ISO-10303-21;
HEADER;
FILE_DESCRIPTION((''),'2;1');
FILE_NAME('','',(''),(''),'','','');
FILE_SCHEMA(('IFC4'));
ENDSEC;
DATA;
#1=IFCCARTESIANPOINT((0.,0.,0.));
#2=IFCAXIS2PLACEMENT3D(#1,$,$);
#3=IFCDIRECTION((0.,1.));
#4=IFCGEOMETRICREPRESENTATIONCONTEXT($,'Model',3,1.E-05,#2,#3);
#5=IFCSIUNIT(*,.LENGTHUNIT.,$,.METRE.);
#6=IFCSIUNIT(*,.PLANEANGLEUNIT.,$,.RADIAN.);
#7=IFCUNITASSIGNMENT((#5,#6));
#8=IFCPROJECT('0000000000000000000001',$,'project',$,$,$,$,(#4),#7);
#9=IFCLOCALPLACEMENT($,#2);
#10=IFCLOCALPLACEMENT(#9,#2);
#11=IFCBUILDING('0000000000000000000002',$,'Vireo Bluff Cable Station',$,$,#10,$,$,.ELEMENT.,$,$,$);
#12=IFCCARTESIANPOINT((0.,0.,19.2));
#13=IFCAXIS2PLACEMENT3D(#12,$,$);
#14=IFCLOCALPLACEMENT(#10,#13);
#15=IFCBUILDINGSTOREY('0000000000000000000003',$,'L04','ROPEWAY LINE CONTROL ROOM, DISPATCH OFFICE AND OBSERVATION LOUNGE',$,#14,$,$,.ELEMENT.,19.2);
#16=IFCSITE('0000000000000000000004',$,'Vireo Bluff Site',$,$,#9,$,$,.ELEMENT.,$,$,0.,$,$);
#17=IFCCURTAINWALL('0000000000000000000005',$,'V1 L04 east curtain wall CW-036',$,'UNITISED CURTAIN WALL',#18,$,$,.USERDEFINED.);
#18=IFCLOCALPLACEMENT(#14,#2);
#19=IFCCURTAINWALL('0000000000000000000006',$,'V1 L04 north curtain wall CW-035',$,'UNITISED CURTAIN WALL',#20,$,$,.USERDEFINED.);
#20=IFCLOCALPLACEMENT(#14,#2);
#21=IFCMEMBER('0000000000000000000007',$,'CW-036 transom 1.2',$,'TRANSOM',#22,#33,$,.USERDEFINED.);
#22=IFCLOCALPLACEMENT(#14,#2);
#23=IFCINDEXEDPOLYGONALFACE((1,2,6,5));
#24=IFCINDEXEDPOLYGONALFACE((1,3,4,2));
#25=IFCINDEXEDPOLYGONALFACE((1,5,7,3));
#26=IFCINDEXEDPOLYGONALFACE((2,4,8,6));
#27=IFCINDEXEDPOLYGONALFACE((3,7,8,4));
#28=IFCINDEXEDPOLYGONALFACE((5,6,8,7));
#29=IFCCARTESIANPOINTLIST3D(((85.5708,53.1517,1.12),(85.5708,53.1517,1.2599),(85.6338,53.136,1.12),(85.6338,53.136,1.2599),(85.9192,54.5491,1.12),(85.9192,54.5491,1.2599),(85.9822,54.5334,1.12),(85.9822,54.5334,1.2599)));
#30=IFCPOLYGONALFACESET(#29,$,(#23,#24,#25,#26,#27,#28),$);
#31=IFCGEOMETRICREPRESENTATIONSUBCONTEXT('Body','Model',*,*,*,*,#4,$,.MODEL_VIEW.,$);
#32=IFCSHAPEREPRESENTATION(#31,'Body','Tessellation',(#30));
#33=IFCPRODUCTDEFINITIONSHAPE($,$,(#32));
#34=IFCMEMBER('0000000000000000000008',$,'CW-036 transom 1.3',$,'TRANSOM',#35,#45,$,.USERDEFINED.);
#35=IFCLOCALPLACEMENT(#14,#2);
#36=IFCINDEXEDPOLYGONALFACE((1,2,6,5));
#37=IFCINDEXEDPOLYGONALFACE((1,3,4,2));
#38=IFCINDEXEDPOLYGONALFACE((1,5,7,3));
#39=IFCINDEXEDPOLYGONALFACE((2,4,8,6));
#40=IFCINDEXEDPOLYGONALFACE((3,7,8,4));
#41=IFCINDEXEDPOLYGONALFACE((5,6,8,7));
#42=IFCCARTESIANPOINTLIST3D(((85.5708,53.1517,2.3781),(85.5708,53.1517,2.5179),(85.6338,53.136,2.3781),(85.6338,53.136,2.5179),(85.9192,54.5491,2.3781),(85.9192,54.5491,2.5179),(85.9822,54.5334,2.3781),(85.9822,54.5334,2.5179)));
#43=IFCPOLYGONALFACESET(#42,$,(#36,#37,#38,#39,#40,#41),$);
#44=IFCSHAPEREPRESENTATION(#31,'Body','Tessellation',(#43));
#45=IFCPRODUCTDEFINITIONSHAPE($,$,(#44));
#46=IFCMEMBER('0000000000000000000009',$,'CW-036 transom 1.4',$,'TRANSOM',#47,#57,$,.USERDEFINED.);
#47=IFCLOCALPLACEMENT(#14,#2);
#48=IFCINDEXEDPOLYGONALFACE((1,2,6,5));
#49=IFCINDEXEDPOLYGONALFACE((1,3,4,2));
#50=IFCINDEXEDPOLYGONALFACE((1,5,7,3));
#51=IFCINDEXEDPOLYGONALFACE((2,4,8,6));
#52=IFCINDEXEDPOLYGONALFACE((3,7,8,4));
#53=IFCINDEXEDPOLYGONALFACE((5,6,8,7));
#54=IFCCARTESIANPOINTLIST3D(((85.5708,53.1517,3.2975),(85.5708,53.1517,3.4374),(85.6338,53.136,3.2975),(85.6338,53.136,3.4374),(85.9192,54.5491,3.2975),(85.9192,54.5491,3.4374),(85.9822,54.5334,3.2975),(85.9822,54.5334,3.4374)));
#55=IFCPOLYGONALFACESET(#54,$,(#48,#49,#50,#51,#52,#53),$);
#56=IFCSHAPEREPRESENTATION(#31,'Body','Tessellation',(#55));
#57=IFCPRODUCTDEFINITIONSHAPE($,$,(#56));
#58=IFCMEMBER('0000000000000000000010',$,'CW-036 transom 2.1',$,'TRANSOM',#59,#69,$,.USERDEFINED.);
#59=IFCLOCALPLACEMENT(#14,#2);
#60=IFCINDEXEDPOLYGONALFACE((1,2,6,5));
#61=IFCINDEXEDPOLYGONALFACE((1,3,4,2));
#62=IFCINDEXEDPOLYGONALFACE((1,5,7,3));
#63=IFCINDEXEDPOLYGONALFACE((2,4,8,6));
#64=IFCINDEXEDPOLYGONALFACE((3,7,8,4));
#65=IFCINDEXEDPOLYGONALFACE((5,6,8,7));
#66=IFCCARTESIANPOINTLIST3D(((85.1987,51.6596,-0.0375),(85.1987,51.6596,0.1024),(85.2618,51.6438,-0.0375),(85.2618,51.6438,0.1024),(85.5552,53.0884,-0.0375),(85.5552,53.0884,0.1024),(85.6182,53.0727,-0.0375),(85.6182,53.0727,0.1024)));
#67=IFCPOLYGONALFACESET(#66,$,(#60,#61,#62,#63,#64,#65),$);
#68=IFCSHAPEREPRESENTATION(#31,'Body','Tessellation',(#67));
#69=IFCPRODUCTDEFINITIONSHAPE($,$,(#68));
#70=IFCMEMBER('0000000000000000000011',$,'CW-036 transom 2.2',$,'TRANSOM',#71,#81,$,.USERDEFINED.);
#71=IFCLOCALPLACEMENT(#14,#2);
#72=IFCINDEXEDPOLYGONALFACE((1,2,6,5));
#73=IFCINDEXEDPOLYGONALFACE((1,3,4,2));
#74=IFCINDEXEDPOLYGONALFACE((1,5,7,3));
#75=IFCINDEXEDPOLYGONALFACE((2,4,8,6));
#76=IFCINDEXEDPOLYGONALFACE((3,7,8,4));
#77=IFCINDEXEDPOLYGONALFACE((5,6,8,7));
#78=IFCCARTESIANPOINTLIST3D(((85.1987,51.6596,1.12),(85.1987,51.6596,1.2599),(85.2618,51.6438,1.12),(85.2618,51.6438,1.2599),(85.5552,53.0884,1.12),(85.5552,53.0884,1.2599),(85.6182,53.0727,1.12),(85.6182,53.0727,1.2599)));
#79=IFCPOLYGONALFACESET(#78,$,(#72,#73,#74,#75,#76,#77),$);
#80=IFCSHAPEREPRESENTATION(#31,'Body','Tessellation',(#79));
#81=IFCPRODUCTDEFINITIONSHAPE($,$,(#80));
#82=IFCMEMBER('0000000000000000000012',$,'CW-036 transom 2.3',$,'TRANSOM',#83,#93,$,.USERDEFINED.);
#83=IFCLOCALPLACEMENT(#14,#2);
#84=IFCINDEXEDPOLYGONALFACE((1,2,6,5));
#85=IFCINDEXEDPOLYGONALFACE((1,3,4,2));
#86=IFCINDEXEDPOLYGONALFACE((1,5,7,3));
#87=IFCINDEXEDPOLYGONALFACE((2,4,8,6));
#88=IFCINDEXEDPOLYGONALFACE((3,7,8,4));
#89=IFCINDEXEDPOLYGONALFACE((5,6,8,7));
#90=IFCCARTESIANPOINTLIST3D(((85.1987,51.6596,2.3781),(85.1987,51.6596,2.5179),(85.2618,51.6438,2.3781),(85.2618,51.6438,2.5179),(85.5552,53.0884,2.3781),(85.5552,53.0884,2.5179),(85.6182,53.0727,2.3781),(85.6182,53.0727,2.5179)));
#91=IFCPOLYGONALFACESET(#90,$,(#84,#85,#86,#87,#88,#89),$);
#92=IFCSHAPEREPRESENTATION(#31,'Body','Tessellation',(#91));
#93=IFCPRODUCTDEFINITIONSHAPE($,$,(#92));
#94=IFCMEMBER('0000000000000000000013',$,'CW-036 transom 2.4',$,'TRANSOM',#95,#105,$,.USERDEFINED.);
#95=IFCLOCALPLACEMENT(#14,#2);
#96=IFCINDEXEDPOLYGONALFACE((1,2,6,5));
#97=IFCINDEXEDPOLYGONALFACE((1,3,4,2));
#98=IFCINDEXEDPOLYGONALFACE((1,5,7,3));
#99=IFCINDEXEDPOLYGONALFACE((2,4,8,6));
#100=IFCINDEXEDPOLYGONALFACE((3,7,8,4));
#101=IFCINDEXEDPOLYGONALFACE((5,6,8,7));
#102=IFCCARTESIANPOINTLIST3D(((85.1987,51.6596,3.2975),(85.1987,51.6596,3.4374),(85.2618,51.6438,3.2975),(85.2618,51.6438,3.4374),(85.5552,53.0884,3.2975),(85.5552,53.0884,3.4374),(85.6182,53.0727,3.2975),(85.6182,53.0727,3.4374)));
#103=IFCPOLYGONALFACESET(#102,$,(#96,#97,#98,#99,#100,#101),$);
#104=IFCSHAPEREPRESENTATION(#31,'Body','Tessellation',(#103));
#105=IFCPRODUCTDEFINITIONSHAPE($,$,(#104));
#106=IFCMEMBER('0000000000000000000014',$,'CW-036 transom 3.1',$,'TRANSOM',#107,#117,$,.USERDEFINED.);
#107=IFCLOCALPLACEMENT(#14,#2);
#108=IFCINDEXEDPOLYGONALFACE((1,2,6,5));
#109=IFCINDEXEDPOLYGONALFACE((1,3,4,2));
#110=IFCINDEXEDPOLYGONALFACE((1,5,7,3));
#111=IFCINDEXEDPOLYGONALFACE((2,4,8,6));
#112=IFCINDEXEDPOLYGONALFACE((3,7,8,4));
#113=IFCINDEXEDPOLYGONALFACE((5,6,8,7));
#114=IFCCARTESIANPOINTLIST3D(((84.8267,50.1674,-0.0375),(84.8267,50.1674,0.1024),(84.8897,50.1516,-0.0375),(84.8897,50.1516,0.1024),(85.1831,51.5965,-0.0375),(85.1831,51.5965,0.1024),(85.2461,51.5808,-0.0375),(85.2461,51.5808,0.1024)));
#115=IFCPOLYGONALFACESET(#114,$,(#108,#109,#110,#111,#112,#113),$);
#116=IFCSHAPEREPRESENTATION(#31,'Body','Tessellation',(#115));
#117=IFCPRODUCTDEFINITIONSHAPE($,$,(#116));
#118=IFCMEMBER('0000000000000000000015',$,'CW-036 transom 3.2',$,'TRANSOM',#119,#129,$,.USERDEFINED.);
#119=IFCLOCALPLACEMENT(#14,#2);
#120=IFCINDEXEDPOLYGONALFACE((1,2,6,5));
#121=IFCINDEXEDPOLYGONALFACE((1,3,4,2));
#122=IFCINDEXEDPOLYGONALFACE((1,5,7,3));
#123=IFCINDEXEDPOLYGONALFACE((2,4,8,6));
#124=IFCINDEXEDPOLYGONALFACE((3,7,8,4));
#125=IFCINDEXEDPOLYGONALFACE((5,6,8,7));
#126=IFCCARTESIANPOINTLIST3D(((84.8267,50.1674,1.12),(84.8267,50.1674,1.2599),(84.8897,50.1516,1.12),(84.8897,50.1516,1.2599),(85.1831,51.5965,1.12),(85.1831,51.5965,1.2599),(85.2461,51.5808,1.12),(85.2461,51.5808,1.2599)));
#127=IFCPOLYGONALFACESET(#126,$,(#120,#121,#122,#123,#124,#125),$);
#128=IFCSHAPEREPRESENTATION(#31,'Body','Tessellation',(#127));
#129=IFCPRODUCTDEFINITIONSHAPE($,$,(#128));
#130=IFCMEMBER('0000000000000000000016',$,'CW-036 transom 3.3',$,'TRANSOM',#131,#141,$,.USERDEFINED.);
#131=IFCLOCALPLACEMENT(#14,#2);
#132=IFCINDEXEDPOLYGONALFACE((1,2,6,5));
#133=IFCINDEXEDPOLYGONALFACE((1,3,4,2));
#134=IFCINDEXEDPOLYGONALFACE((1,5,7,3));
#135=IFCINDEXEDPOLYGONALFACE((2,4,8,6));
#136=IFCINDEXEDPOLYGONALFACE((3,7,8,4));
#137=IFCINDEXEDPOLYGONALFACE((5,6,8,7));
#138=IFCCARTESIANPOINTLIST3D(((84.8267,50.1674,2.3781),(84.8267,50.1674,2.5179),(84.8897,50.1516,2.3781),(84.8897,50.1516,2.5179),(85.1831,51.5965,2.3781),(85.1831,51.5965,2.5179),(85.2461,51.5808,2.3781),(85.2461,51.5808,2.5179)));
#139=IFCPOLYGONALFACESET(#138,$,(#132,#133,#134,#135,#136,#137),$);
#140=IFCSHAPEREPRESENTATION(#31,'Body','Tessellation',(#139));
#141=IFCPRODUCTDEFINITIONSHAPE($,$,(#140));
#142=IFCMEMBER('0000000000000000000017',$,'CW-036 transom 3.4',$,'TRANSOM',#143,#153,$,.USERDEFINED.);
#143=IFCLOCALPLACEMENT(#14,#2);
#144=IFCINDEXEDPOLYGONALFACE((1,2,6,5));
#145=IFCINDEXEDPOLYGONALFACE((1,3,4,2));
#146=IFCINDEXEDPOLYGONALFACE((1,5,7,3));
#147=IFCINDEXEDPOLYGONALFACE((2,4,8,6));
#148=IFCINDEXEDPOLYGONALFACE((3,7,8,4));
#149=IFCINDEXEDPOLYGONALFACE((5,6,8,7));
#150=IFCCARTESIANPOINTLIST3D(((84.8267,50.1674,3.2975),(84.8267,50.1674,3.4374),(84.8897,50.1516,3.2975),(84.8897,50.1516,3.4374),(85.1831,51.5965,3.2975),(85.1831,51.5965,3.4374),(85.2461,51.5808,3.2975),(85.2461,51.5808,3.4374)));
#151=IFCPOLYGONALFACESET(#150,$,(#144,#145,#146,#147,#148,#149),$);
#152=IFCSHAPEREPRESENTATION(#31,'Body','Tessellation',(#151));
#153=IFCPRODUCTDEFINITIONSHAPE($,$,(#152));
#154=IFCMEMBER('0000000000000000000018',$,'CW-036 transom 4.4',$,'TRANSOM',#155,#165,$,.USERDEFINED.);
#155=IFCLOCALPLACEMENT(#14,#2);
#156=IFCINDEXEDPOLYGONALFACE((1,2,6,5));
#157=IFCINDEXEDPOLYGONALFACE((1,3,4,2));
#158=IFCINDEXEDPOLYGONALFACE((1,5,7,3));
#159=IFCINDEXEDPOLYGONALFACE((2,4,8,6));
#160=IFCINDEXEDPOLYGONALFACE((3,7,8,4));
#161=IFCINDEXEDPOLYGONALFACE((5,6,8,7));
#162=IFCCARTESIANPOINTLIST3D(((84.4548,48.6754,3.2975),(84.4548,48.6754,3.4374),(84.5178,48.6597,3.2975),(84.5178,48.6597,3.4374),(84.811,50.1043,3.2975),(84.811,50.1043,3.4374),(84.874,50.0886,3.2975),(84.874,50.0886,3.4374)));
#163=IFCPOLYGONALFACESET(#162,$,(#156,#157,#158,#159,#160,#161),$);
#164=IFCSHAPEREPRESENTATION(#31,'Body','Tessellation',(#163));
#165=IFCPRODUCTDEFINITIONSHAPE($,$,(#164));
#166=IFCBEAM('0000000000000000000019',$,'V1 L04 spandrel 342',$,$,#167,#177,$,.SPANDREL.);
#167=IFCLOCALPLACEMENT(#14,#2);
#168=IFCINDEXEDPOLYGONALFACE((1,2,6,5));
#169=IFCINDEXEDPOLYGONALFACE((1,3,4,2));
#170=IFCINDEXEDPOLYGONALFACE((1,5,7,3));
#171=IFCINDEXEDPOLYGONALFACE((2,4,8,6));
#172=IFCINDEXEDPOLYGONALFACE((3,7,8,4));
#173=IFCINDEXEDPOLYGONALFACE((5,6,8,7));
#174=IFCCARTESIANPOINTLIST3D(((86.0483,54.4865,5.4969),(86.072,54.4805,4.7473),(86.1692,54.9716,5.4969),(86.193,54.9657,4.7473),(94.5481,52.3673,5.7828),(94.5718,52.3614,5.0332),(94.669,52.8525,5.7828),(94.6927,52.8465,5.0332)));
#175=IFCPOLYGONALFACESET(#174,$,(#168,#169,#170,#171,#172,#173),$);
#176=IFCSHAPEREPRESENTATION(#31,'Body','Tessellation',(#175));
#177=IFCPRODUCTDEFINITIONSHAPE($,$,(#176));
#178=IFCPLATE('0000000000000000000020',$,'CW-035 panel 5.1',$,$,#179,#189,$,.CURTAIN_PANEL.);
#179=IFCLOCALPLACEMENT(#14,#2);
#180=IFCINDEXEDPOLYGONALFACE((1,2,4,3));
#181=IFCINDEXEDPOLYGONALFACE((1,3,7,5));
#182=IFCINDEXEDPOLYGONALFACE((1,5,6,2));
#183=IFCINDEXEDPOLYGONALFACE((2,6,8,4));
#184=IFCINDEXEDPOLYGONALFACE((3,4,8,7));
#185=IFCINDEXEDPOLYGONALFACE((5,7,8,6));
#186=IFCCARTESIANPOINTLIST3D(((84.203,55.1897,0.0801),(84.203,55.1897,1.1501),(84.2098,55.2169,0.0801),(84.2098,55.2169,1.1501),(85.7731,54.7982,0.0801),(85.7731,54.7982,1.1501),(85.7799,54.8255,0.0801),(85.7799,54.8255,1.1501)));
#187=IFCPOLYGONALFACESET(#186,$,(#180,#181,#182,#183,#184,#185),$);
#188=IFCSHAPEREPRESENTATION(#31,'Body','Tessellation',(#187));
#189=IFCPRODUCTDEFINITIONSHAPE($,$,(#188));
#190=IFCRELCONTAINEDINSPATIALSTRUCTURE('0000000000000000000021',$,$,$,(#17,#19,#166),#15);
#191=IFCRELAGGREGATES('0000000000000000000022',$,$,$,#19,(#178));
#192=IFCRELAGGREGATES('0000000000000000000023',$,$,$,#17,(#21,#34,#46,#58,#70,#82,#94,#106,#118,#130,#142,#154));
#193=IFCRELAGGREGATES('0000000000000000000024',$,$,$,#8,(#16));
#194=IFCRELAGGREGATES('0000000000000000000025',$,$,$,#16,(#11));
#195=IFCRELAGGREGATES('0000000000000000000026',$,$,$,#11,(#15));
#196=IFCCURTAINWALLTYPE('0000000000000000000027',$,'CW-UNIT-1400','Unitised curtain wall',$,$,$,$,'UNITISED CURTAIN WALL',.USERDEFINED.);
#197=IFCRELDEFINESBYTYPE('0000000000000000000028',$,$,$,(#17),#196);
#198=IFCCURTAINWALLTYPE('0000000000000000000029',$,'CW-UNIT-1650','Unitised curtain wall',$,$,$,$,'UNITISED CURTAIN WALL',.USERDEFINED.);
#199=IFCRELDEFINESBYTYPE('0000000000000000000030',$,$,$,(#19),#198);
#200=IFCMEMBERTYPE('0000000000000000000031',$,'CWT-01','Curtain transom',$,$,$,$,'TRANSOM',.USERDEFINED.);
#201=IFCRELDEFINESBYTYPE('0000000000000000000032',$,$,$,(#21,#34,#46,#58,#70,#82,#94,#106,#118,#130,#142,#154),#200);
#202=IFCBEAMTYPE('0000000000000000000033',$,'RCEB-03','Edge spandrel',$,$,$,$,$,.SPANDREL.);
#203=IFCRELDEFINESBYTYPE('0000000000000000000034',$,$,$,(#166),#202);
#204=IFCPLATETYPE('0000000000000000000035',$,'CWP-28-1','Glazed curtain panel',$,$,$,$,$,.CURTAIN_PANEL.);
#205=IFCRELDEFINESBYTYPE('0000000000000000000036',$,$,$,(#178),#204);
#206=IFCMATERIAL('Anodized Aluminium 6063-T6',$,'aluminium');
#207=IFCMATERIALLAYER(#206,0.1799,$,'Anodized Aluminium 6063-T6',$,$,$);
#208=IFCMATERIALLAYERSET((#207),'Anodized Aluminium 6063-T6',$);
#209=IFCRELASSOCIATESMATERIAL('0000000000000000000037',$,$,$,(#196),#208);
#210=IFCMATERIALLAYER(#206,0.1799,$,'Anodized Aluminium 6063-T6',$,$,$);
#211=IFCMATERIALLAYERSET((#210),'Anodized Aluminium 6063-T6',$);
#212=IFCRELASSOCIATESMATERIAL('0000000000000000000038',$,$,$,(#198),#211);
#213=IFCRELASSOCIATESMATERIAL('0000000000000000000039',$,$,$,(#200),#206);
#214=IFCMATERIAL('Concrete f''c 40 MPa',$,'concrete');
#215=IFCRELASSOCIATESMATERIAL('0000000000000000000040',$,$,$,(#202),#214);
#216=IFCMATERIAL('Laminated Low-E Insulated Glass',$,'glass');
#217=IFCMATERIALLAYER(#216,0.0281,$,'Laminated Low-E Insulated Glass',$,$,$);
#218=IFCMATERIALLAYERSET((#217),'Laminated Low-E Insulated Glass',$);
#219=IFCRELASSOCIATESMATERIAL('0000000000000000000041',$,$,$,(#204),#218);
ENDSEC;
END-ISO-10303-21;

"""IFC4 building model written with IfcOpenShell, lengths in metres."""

from ifc_helpers import new_model, si_unit, direction, frame, origin, origin_2d, place, context, subcontext, project, spatial, rectangle, extrude, material, layer, layer_set, material_profile, profile_set, type_object, element, aggregate, save


model = new_model("IFC4")

# Units and contexts
model_context = context("Model", 3, precision=1e-05, world=origin(), true_north=direction((0.0, 1.0)))
body_context = subcontext(model_context, "Body", "Model", "MODEL_VIEW")
ifc_project = project(units=[si_unit("LENGTHUNIT", "METRE"), si_unit("PLANEANGLEUNIT", "RADIAN")], contexts=[model_context])

# Site, building, storey
site_placement = place(None, origin())
site = spatial("IfcSite", under=ifc_project, at=site_placement, Name="Vireo Bluff Site", CompositionType="ELEMENT", RefElevation=0.0)
building_placement = place(site_placement, origin())
building = spatial("IfcBuilding", under=site, at=building_placement, Name="Vireo Bluff Cable Station", CompositionType="ELEMENT")
storey_placement = place(building_placement, frame((0.0, 0.0, 19.2)))
storey = spatial("IfcBuildingStorey", under=building, at=storey_placement, Name="L04", Description="ROPEWAY LINE CONTROL ROOM, DISPATCH OFFICE AND OBSERVATION LOUNGE", CompositionType="ELEMENT", Elevation=19.2)

# Curtain wall
ifc_material_1 = material(Name="Anodized Aluminium 6063-T6", Category="aluminium")
ifc_layer_1 = layer(ifc_material_1, 0.1799, Name="Anodized Aluminium 6063-T6")
ifc_layer_set_1 = layer_set([ifc_layer_1], Name="Anodized Aluminium 6063-T6")
curtain_wall_type_1 = type_object("IfcCurtainWallType", Name="CW-UNIT-1400", Description="Unitised curtain wall", ElementType="UNITISED CURTAIN WALL", PredefinedType="USERDEFINED", material=ifc_layer_set_1)
curtain_wall_1_placement = place(storey_placement, origin())
curtain_wall_1 = element("IfcCurtainWall", 1, at=curtain_wall_1_placement, inside=storey, type_object=curtain_wall_type_1, Name="V1 L04 east curtain wall CW-036", ObjectType="UNITISED CURTAIN WALL", PredefinedType="USERDEFINED")

# Curtain wall
ifc_layer_2 = layer(ifc_material_1, 0.1799, Name="Anodized Aluminium 6063-T6")
ifc_layer_set_2 = layer_set([ifc_layer_2], Name="Anodized Aluminium 6063-T6")
curtain_wall_type_2 = type_object("IfcCurtainWallType", Name="CW-UNIT-1650", Description="Unitised curtain wall", ElementType="UNITISED CURTAIN WALL", PredefinedType="USERDEFINED", material=ifc_layer_set_2)
curtain_wall_2_placement = place(storey_placement, origin())
curtain_wall_2 = element("IfcCurtainWall", 2, at=curtain_wall_2_placement, inside=storey, type_object=curtain_wall_type_2, Name="V1 L04 north curtain wall CW-035", ObjectType="UNITISED CURTAIN WALL", PredefinedType="USERDEFINED")

# Members
ifc_material_profile_1 = material_profile(ifc_material_1, rectangle(XDim=0.0649, YDim=0.1399, at=origin_2d()), Name="ALU-T-65X140")
ifc_profile_set_1 = profile_set([ifc_material_profile_1], Name="Anodized Aluminium 6063-T6")
member_type_1 = type_object("IfcMemberType", Name="CWT-01", Description="Curtain transom", ElementType="TRANSOM", PredefinedType="USERDEFINED", material=ifc_profile_set_1)
member_1_placement = place(storey_placement, frame((85.9507, 54.5413, 1.1899), z_axis=(-0.241897, -0.970302, 0.0), x_axis=(0.970302, -0.241897, 0.0)))
member_1 = element("IfcMember", 3, at=member_1_placement, type_object=member_type_1, Name="CW-036 transom 1.2", ObjectType="TRANSOM", PredefinedType="USERDEFINED", context=body_context, shape_type="SweptSolid", body=[
    extrude(rectangle(XDim=0.0649, YDim=0.1399, at=origin_2d()), origin(), (0.0, 0.0, 1.0), 1.4402),
])
member_2_placement = place(storey_placement, frame((85.9507, 54.5413, 2.448), z_axis=(-0.241897, -0.970302, 0.0), x_axis=(0.970302, -0.241897, 0.0)))
member_2 = element("IfcMember", 4, at=member_2_placement, type_object=member_type_1, Name="CW-036 transom 1.3", ObjectType="TRANSOM", PredefinedType="USERDEFINED", context=body_context, shape_type="SweptSolid", body=[
    extrude(rectangle(XDim=0.0649, YDim=0.1399, at=origin_2d()), origin(), (0.0, 0.0, 1.0), 1.4402),
])
member_3_placement = place(storey_placement, frame((85.9507, 54.5413, 3.3674), z_axis=(-0.241897, -0.970302, 0.0), x_axis=(0.970302, -0.241897, 0.0)))
member_3 = element("IfcMember", 5, at=member_3_placement, type_object=member_type_1, Name="CW-036 transom 1.4", ObjectType="TRANSOM", PredefinedType="USERDEFINED", context=body_context, shape_type="SweptSolid", body=[
    extrude(rectangle(XDim=0.0649, YDim=0.1399, at=origin_2d()), origin(), (0.0, 0.0, 1.0), 1.4402),
])
member_4_placement = place(storey_placement, frame((85.5867, 53.0806, 0.0325), z_axis=(-0.242029, -0.970269, 0.0), x_axis=(0.970269, -0.242029, 0.0)))
member_4 = element("IfcMember", 6, at=member_4_placement, type_object=member_type_1, Name="CW-036 transom 2.1", ObjectType="TRANSOM", PredefinedType="USERDEFINED", context=body_context, shape_type="SweptSolid", body=[
    extrude(rectangle(XDim=0.0649, YDim=0.1399, at=origin_2d()), origin(), (0.0, 0.0, 1.0), 1.4727),
])
member_5_placement = place(storey_placement, frame((85.5867, 53.0806, 1.1899), z_axis=(-0.242029, -0.970269, 0.0), x_axis=(0.970269, -0.242029, 0.0)))
member_5 = element("IfcMember", 7, at=member_5_placement, type_object=member_type_1, Name="CW-036 transom 2.2", ObjectType="TRANSOM", PredefinedType="USERDEFINED", context=body_context, shape_type="SweptSolid", body=[
    extrude(rectangle(XDim=0.0649, YDim=0.1399, at=origin_2d()), origin(), (0.0, 0.0, 1.0), 1.4727),
])
member_6_placement = place(storey_placement, frame((85.5867, 53.0806, 2.448), z_axis=(-0.242029, -0.970269, 0.0), x_axis=(0.970269, -0.242029, 0.0)))
member_6 = element("IfcMember", 8, at=member_6_placement, type_object=member_type_1, Name="CW-036 transom 2.3", ObjectType="TRANSOM", PredefinedType="USERDEFINED", context=body_context, shape_type="SweptSolid", body=[
    extrude(rectangle(XDim=0.0649, YDim=0.1399, at=origin_2d()), origin(), (0.0, 0.0, 1.0), 1.4727),
])
member_7_placement = place(storey_placement, frame((85.5867, 53.0806, 3.3674), z_axis=(-0.242029, -0.970269, 0.0), x_axis=(0.970269, -0.242029, 0.0)))
member_7 = element("IfcMember", 9, at=member_7_placement, type_object=member_type_1, Name="CW-036 transom 2.4", ObjectType="TRANSOM", PredefinedType="USERDEFINED", context=body_context, shape_type="SweptSolid", body=[
    extrude(rectangle(XDim=0.0649, YDim=0.1399, at=origin_2d()), origin(), (0.0, 0.0, 1.0), 1.4727),
])
member_8_placement = place(storey_placement, frame((85.2146, 51.5886, 0.0325), z_axis=(-0.24199, -0.970279, 0.0), x_axis=(0.970279, -0.24199, 0.0)))
member_8 = element("IfcMember", 10, at=member_8_placement, type_object=member_type_1, Name="CW-036 transom 3.1", ObjectType="TRANSOM", PredefinedType="USERDEFINED", context=body_context, shape_type="SweptSolid", body=[
    extrude(rectangle(XDim=0.0649, YDim=0.1399, at=origin_2d()), origin(), (0.0, 0.0, 1.0), 1.4729),
])
member_9_placement = place(storey_placement, frame((85.2146, 51.5886, 1.1899), z_axis=(-0.24199, -0.970279, 0.0), x_axis=(0.970279, -0.24199, 0.0)))
member_9 = element("IfcMember", 11, at=member_9_placement, type_object=member_type_1, Name="CW-036 transom 3.2", ObjectType="TRANSOM", PredefinedType="USERDEFINED", context=body_context, shape_type="SweptSolid", body=[
    extrude(rectangle(XDim=0.0649, YDim=0.1399, at=origin_2d()), origin(), (0.0, 0.0, 1.0), 1.4729),
])
member_10_placement = place(storey_placement, frame((85.2146, 51.5886, 2.448), z_axis=(-0.24199, -0.970279, 0.0), x_axis=(0.970279, -0.24199, 0.0)))
member_10 = element("IfcMember", 12, at=member_10_placement, type_object=member_type_1, Name="CW-036 transom 3.3", ObjectType="TRANSOM", PredefinedType="USERDEFINED", context=body_context, shape_type="SweptSolid", body=[
    extrude(rectangle(XDim=0.0649, YDim=0.1399, at=origin_2d()), origin(), (0.0, 0.0, 1.0), 1.4729),
])
member_11_placement = place(storey_placement, frame((85.2146, 51.5886, 3.3674), z_axis=(-0.24199, -0.970279, 0.0), x_axis=(0.970279, -0.24199, 0.0)))
member_11 = element("IfcMember", 13, at=member_11_placement, type_object=member_type_1, Name="CW-036 transom 3.4", ObjectType="TRANSOM", PredefinedType="USERDEFINED", context=body_context, shape_type="SweptSolid", body=[
    extrude(rectangle(XDim=0.0649, YDim=0.1399, at=origin_2d()), origin(), (0.0, 0.0, 1.0), 1.4729),
])
member_12_placement = place(storey_placement, frame((84.8425, 50.0964, 3.3674), z_axis=(-0.241872, -0.970308, 0.0), x_axis=(0.970308, -0.241872, 0.0)))
member_12 = element("IfcMember", 14, at=member_12_placement, type_object=member_type_1, Name="CW-036 transom 4.4", ObjectType="TRANSOM", PredefinedType="USERDEFINED", context=body_context, shape_type="SweptSolid", body=[
    extrude(rectangle(XDim=0.0649, YDim=0.1399, at=origin_2d()), origin(), (0.0, 0.0, 1.0), 1.4727),
])

# Beam
ifc_material_2 = material(Name="Concrete f'c 40 MPa", Category="concrete")
ifc_material_profile_2 = material_profile(ifc_material_2, rectangle(XDim=0.5, YDim=0.75, at=origin_2d()), Name="RC-EB-500X750")
ifc_profile_set_2 = profile_set([ifc_material_profile_2], Name="Concrete f'c 40 MPa")
beam_type = type_object("IfcBeamType", Name="RCEB-03", Description="Edge spandrel", PredefinedType="SPANDREL", material=ifc_profile_set_2)
beam_placement = place(storey_placement, frame((86.1206, 54.7261, 5.1221), z_axis=(0.969782, -0.241784, 0.032619), x_axis=(0.241913, 0.970298, 0.0)))
element("IfcBeam", 15, at=beam_placement, inside=storey, type_object=beam_type, Name="V1 L04 spandrel 342", PredefinedType="SPANDREL", context=body_context, shape_type="SweptSolid", body=[
    extrude(rectangle(XDim=0.5, YDim=0.75, at=origin_2d()), origin(), (0.0, 0.0, 1.0), 8.7646),
])

# Plate
ifc_material_3 = material(Name="Laminated Low-E Insulated Glass", Category="glass")
ifc_layer_3 = layer(ifc_material_3, 0.0281, Name="Laminated Low-E Insulated Glass")
ifc_layer_set_3 = layer_set([ifc_layer_3], Name="Laminated Low-E Insulated Glass")
plate_type_1 = type_object("IfcPlateType", Name="CWP-28-1", Description="Glazed curtain panel", PredefinedType="CURTAIN_PANEL", material=ifc_layer_set_3)
plate_1_placement = place(storey_placement, frame((84.9915, 55.0076, 0.0801), z_axis=(0.0, 0.0, 1.0), x_axis=(0.970296, -0.241922, 0.0)))
plate_1 = element("IfcPlate", 16, at=plate_1_placement, type_object=plate_type_1, Name="CW-035 panel 5.1", PredefinedType="CURTAIN_PANEL", context=body_context, shape_type="SweptSolid", body=[
    extrude(rectangle(XDim=1.6182, YDim=0.0281, at=origin_2d()), origin(), (0.0, 0.0, 1.0), 1.0701),
])
aggregate(curtain_wall_2, [plate_1])
aggregate(curtain_wall_1, [member_1, member_2, member_3, member_4, member_5, member_6, member_7, member_8, member_9, member_10, member_11, member_12])

save(model, "model.ifc")
